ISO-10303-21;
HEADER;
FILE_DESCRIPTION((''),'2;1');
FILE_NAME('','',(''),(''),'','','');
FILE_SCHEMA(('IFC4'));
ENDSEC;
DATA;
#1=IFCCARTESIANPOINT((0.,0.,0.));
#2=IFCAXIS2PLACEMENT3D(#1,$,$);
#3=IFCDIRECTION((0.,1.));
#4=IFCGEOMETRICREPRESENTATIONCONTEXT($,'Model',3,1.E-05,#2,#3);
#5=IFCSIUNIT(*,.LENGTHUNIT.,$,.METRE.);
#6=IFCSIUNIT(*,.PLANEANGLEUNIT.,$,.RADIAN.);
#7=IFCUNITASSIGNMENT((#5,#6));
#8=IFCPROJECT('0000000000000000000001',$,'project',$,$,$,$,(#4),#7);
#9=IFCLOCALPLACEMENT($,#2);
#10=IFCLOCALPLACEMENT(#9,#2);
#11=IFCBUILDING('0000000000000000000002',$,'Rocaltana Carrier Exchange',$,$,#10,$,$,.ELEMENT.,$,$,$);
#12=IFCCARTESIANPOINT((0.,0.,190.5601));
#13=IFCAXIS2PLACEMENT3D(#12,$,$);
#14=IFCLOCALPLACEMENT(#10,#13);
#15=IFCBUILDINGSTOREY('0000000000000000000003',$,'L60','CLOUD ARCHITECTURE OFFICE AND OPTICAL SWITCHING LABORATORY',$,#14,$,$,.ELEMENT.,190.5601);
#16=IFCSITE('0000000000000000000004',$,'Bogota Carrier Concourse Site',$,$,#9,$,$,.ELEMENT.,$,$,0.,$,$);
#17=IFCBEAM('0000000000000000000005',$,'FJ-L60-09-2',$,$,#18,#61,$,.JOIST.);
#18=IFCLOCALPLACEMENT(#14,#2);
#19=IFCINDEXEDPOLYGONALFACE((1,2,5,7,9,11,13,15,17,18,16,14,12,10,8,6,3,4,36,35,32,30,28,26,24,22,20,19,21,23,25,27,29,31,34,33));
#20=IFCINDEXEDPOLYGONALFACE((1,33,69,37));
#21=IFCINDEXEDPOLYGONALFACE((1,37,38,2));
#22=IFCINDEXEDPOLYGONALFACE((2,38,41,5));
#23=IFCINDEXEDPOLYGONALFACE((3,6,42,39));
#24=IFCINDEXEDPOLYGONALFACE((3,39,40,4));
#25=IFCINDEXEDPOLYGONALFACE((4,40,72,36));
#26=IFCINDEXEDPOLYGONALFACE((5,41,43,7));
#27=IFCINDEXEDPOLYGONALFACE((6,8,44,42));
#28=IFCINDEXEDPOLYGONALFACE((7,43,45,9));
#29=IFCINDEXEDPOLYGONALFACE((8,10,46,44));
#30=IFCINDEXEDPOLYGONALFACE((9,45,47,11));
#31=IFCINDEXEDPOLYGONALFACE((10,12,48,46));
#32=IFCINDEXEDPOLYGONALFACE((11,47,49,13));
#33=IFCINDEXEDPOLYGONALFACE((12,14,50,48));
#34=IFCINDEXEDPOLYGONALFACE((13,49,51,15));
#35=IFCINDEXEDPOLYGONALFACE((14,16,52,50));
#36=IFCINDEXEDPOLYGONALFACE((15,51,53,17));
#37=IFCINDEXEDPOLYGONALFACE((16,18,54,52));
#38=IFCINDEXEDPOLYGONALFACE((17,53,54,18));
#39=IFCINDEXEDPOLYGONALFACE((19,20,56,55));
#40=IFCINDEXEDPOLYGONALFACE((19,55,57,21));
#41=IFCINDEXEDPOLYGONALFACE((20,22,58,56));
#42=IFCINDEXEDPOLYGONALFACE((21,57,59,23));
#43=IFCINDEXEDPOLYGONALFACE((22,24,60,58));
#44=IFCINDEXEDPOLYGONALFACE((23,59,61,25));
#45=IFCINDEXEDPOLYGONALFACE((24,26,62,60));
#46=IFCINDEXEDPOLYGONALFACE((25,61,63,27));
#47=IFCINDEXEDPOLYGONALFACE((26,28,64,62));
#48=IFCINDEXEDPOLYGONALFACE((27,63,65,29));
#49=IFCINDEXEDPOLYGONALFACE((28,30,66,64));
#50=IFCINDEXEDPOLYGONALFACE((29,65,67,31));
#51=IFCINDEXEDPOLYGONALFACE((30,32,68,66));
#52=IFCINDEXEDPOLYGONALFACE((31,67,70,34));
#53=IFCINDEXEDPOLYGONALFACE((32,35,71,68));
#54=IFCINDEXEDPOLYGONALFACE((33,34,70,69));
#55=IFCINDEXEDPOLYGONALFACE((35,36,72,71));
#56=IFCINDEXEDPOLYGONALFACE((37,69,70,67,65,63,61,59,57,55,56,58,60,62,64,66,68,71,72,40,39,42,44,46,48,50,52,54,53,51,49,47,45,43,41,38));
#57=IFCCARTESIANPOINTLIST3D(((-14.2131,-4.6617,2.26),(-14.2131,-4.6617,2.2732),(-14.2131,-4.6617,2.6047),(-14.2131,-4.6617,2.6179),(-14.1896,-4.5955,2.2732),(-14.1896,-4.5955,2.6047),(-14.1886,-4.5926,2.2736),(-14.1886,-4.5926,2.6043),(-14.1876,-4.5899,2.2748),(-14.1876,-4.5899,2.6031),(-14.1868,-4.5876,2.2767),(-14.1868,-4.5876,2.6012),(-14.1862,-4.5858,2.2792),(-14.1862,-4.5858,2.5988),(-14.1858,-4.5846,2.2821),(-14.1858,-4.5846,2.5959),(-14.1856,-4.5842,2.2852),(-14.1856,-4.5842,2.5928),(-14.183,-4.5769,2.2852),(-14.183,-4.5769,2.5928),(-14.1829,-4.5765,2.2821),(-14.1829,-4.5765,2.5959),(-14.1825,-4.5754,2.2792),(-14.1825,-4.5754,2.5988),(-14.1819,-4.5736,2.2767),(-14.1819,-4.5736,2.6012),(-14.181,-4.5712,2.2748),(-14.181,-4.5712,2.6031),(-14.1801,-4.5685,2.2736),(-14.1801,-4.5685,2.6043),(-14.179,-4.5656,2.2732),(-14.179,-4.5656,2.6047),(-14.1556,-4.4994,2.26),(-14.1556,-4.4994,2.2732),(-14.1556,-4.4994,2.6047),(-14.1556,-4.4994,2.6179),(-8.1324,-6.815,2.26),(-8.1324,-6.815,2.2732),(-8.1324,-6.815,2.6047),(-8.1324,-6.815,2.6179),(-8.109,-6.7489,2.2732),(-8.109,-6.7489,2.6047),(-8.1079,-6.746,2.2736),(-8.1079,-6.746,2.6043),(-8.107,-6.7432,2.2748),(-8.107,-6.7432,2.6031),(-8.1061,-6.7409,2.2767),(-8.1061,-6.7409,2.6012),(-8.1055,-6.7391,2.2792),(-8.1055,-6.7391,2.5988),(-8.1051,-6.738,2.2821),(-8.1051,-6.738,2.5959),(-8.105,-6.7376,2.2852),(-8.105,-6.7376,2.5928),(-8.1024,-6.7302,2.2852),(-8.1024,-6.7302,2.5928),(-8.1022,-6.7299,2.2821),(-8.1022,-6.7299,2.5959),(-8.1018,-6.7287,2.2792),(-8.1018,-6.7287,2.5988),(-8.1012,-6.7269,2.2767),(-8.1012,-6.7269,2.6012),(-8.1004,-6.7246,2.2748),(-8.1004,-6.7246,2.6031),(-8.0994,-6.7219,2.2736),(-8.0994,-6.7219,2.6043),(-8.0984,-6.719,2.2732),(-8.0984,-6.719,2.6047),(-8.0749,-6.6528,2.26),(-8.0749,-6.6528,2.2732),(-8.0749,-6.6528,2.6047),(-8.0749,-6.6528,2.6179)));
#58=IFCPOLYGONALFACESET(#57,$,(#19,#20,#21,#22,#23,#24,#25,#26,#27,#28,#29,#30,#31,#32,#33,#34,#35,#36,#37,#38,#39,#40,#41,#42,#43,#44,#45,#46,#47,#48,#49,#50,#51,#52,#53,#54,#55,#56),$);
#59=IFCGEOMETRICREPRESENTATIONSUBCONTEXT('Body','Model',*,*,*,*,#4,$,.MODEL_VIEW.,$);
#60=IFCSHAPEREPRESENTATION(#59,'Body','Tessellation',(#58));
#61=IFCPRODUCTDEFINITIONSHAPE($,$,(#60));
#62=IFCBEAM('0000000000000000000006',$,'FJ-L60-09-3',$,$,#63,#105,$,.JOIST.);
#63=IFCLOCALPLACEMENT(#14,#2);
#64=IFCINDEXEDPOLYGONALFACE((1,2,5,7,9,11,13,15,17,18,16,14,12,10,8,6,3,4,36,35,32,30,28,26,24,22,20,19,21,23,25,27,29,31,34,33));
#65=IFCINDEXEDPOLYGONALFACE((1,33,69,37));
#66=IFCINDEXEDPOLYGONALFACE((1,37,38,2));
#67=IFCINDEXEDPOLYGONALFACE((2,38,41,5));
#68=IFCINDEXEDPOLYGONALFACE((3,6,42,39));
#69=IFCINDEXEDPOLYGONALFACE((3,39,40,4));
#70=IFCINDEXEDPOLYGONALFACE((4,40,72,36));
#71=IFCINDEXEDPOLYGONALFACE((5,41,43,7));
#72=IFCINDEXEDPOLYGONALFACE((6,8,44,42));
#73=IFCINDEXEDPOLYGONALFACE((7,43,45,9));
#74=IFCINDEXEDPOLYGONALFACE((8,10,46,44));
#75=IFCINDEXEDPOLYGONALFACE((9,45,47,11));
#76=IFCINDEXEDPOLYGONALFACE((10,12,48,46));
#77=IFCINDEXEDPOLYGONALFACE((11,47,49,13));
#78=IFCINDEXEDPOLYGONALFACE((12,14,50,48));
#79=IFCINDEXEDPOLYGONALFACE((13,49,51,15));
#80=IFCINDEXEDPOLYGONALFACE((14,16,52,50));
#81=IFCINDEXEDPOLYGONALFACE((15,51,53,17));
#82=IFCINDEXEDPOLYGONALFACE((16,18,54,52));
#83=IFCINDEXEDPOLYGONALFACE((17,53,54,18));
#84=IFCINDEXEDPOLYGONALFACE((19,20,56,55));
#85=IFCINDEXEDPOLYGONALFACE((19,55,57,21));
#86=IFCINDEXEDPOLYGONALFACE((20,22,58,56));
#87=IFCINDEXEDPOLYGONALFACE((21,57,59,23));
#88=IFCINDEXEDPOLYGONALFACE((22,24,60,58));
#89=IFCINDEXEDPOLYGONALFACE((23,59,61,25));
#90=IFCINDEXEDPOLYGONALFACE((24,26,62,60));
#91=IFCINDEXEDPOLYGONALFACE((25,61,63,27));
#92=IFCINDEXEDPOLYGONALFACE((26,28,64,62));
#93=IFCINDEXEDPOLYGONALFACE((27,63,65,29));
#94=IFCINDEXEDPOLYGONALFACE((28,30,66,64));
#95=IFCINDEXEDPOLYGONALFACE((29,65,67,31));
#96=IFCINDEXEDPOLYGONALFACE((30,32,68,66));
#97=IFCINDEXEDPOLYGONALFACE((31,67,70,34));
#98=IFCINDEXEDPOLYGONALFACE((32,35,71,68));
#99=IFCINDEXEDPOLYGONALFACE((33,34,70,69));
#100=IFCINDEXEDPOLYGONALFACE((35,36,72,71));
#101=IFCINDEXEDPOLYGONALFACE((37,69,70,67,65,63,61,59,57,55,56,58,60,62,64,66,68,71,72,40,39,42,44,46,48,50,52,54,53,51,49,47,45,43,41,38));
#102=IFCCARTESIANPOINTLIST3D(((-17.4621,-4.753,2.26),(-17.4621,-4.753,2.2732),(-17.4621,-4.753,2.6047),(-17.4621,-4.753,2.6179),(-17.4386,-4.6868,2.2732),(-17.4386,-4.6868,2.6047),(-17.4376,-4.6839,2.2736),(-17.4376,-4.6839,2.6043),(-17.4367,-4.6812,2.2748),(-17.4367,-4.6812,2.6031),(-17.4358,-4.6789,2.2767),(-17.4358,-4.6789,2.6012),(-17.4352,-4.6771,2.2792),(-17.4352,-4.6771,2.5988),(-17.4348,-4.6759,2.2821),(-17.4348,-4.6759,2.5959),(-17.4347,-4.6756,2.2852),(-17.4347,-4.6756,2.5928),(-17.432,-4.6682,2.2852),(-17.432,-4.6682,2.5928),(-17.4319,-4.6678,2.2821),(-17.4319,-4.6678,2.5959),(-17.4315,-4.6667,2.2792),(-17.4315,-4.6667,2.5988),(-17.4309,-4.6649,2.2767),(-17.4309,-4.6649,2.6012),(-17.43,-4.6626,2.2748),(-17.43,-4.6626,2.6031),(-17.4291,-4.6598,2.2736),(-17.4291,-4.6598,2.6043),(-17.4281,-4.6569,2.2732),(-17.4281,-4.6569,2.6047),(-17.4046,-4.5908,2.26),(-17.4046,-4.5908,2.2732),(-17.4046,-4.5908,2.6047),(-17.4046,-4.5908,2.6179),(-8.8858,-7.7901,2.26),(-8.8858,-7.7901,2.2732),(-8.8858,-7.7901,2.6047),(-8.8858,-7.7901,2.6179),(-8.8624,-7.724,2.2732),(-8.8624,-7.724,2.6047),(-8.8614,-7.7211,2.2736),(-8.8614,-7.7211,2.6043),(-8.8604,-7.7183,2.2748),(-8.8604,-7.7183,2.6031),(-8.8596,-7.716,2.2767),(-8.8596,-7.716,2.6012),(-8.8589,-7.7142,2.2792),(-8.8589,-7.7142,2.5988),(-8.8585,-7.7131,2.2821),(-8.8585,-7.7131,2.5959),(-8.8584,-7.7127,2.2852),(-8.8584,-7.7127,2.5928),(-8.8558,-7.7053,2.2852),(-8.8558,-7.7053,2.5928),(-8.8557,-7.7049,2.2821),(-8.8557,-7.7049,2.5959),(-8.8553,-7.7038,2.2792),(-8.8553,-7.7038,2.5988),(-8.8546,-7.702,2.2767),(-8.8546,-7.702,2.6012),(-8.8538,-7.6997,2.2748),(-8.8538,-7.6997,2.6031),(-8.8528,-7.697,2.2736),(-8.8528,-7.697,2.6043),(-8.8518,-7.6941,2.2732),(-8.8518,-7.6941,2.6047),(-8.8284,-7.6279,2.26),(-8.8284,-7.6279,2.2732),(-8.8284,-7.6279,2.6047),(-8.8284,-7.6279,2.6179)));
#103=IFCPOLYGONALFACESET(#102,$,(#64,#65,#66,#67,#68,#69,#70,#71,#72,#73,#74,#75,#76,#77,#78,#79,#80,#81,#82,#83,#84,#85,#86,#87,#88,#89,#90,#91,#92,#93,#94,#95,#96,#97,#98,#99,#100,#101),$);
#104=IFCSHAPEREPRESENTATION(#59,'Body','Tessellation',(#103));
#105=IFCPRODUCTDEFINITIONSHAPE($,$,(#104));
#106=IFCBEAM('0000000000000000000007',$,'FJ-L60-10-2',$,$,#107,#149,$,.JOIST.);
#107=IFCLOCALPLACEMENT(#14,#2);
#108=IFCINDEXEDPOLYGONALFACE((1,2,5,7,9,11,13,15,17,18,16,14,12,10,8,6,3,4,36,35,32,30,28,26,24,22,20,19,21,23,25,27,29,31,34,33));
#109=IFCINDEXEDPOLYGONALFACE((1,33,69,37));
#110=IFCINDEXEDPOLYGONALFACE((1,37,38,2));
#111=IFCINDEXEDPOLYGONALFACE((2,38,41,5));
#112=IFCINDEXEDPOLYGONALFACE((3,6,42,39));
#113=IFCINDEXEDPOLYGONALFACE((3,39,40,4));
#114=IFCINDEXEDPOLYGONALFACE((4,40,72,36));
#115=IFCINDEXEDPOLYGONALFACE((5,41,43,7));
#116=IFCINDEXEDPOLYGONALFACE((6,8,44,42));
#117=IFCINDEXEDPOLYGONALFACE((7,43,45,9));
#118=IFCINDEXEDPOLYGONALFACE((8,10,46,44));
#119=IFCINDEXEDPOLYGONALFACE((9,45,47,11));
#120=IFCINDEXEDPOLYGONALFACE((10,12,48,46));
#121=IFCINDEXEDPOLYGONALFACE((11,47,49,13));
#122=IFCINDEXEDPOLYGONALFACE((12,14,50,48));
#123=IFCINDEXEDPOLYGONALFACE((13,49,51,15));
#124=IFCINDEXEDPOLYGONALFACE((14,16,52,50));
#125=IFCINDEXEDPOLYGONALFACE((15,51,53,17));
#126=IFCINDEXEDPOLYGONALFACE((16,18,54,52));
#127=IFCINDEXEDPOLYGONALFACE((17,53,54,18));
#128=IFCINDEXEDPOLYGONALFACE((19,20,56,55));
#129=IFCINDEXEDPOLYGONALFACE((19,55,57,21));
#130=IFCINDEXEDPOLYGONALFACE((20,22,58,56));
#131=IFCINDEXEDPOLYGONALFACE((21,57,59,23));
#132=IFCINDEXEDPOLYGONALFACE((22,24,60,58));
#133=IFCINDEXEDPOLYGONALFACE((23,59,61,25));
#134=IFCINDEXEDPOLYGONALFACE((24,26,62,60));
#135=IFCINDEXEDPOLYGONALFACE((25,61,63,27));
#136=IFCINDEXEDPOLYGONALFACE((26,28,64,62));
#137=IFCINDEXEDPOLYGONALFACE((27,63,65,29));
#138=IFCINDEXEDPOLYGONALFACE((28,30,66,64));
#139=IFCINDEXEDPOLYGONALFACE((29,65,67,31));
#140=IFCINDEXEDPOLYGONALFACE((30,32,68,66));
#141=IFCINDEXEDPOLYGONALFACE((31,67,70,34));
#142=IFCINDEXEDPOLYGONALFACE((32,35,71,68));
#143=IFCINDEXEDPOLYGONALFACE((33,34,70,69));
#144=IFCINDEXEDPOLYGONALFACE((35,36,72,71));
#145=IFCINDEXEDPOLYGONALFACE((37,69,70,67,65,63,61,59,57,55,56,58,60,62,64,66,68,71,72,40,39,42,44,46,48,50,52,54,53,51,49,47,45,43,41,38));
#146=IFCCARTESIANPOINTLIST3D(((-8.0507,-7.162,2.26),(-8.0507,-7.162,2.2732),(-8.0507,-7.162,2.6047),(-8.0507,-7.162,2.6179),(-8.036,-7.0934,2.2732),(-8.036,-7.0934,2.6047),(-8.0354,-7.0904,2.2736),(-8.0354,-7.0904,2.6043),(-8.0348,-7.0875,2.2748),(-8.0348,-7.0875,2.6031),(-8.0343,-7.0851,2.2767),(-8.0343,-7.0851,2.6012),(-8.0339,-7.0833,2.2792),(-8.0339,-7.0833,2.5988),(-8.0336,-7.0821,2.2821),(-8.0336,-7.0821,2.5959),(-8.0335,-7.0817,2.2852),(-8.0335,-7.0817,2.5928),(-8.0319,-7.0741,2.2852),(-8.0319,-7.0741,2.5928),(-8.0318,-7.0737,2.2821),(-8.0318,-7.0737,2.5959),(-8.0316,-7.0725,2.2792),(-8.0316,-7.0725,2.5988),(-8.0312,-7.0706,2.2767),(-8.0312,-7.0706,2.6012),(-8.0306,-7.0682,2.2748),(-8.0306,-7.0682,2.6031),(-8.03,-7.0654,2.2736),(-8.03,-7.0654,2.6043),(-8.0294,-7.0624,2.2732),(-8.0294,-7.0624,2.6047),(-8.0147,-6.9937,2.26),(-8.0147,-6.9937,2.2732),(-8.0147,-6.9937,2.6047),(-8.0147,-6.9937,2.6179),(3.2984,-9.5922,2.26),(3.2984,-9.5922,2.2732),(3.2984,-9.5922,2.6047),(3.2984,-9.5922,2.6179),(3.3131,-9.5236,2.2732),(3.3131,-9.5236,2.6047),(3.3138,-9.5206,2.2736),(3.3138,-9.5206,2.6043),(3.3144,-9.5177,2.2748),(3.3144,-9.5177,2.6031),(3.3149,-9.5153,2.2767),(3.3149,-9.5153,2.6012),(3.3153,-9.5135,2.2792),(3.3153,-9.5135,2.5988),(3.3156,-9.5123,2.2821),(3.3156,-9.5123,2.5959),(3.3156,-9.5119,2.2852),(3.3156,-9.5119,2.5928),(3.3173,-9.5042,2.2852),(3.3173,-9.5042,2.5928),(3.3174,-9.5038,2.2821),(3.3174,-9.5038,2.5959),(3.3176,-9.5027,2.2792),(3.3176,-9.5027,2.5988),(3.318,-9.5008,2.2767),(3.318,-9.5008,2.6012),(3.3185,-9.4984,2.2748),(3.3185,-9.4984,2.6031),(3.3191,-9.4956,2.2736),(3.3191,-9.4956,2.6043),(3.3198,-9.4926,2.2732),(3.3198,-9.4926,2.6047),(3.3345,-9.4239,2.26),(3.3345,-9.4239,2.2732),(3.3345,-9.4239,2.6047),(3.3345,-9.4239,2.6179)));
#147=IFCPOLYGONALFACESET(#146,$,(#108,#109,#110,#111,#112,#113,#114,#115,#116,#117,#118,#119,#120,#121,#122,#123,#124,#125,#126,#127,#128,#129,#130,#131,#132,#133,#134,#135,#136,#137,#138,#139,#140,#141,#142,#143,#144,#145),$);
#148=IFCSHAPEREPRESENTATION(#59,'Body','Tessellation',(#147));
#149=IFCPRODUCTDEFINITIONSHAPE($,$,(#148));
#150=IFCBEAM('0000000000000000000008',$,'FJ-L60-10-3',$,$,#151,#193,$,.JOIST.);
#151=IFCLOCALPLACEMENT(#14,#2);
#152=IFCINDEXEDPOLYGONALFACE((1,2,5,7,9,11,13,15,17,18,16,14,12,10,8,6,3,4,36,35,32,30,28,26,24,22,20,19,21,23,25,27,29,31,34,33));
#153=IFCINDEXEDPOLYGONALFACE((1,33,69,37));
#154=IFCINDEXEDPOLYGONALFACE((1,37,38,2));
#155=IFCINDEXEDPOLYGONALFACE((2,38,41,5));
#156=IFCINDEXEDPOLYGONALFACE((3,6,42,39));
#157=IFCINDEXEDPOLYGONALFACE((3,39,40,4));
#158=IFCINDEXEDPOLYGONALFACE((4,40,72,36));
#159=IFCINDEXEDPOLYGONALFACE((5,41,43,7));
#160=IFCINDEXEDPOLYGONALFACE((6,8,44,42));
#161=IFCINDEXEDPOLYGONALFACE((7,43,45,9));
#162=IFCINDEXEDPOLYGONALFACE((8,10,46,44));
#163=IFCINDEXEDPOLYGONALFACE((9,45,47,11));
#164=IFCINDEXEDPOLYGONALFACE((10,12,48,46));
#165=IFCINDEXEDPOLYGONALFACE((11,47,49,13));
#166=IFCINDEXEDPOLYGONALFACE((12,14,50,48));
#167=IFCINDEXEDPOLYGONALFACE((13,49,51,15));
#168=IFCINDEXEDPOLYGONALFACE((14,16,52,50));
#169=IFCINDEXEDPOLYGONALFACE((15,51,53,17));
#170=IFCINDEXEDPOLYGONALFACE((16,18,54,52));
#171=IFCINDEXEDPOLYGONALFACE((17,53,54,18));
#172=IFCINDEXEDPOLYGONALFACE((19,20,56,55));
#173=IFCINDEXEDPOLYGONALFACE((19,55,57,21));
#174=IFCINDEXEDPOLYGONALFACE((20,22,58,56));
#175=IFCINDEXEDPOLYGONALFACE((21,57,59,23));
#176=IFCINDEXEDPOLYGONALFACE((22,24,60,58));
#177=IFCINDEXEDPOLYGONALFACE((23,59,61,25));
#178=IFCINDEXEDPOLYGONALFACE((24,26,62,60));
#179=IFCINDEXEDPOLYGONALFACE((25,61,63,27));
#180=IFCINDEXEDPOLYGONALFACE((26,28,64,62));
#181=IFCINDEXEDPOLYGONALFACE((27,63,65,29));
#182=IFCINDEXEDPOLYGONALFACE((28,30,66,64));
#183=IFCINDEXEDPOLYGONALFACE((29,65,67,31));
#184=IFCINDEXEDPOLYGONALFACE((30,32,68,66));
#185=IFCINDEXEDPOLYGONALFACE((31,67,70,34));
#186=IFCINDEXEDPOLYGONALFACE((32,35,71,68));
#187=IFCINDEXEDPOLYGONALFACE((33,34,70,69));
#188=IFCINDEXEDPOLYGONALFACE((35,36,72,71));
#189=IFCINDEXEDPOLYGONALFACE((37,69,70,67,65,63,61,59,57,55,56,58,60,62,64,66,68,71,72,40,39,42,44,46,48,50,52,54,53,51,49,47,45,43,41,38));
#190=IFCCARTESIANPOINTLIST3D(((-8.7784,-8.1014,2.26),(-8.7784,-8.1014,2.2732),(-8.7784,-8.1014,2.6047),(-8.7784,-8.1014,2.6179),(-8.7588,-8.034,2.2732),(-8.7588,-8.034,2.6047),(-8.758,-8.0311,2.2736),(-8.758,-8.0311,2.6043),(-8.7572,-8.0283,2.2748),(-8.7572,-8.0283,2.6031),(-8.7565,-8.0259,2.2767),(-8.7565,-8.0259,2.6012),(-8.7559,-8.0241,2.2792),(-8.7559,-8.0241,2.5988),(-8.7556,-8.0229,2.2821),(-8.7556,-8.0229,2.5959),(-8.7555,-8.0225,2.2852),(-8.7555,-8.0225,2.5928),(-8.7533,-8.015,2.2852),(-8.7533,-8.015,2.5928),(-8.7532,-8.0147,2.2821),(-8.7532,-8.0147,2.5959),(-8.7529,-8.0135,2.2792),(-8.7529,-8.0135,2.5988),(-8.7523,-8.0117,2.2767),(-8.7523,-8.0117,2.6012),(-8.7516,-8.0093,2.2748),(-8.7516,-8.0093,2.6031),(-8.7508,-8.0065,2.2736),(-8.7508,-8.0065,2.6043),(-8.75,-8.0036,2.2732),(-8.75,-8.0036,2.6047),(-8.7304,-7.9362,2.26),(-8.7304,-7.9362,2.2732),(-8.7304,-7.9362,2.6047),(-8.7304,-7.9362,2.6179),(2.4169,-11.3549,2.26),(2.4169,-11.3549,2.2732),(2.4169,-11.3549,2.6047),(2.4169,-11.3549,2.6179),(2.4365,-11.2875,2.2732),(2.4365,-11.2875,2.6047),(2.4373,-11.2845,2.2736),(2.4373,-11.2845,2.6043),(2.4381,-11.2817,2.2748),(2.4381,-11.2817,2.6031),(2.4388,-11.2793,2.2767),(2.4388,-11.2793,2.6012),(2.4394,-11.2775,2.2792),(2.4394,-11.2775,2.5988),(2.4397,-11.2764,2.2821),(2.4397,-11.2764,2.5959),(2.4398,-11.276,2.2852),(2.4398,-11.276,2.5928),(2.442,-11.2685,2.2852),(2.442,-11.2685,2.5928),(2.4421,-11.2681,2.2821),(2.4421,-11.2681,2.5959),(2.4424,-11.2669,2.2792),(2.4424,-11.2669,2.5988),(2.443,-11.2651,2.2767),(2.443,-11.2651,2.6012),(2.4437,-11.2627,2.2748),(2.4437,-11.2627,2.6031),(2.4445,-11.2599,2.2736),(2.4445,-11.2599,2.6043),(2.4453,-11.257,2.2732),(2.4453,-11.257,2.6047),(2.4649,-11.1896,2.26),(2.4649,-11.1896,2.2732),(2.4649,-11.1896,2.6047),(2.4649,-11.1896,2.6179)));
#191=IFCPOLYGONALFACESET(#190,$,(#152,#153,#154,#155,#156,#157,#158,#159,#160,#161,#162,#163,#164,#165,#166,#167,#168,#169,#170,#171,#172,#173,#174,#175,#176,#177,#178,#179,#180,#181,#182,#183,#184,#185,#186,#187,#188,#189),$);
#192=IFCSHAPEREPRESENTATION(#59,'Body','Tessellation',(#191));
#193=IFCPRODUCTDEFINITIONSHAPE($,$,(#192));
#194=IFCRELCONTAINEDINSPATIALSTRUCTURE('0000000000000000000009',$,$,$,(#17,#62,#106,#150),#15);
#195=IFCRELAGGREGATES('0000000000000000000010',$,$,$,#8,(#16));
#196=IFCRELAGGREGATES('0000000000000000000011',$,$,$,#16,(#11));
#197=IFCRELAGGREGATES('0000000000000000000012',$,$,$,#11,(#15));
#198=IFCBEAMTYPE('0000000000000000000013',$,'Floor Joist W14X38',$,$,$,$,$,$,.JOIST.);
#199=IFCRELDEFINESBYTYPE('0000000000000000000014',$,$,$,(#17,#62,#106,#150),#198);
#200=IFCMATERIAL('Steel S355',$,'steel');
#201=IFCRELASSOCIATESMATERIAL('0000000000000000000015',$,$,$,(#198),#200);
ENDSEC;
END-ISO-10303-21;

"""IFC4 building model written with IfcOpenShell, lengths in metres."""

from ifc_helpers import new_model, si_unit, direction, frame, origin, origin_2d, place, context, subcontext, project, spatial, i_section, extrude, material, material_profile, profile_set, type_object, element, save


model = new_model("IFC4")

# Units and contexts
model_context = context("Model", 3, precision=1e-05, world=origin(), true_north=direction((0.0, 1.0)))
body_context = subcontext(model_context, "Body", "Model", "MODEL_VIEW")
ifc_project = project(units=[si_unit("LENGTHUNIT", "METRE"), si_unit("PLANEANGLEUNIT", "RADIAN")], contexts=[model_context])

# Site, building, storey
site_placement = place(None, origin())
site = spatial("IfcSite", under=ifc_project, at=site_placement, Name="Bogota Carrier Concourse Site", CompositionType="ELEMENT", RefElevation=0.0)
building_placement = place(site_placement, origin())
building = spatial("IfcBuilding", under=site, at=building_placement, Name="Rocaltana Carrier Exchange", CompositionType="ELEMENT")
storey_placement = place(building_placement, frame((0.0, 0.0, 190.5601)))
storey = spatial("IfcBuildingStorey", under=building, at=storey_placement, Name="L60", Description="CLOUD ARCHITECTURE OFFICE AND OPTICAL SWITCHING LABORATORY", CompositionType="ELEMENT", Elevation=190.5601)

# Beams
ifc_material_1 = material(Name="Steel S355", Category="steel")
ifc_material_profile_1 = material_profile(ifc_material_1, i_section(OverallWidth=0.1721, OverallDepth=0.3579, WebThickness=0.0078, FlangeThickness=0.0132, FilletRadius=0.012, at=origin_2d()), Name="W14X38")
ifc_profile_set_1 = profile_set([ifc_material_profile_1], Name="Steel S355")
beam_type_1 = type_object("IfcBeamType", Name="Floor Joist W14X38", PredefinedType="JOIST", material=ifc_profile_set_1)
beam_1_placement = place(storey_placement, frame((-14.1843, -4.5806, 2.439), z_axis=(0.942638, -0.333818, 0.0), x_axis=(0.333818, 0.942638, 0.0)))
element("IfcBeam", 1, at=beam_1_placement, inside=storey, type_object=beam_type_1, Name="FJ-L60-09-2", PredefinedType="JOIST", context=body_context, shape_type="SweptSolid", body=[
    extrude(i_section(OverallWidth=0.1721, OverallDepth=0.3579, WebThickness=0.0078, FlangeThickness=0.0132, FilletRadius=0.012, at=origin_2d()), origin(), (0.0, 0.0, 1.0), 6.4507),
])
beam_2_placement = place(storey_placement, frame((-17.4333, -4.6719, 2.439), z_axis=(0.942637, -0.333819, 0.0), x_axis=(0.333819, 0.942637, 0.0)))
element("IfcBeam", 2, at=beam_2_placement, inside=storey, type_object=beam_type_1, Name="FJ-L60-09-3", PredefinedType="JOIST", context=body_context, shape_type="SweptSolid", body=[
    extrude(i_section(OverallWidth=0.1721, OverallDepth=0.3579, WebThickness=0.0078, FlangeThickness=0.0132, FilletRadius=0.012, at=origin_2d()), origin(), (0.0, 0.0, 1.0), 9.0981),
])
beam_3_placement = place(storey_placement, frame((-8.0327, -7.0779, 2.439), z_axis=(0.977834, -0.209383, 0.0), x_axis=(0.209383, 0.977834, 0.0)))
element("IfcBeam", 3, at=beam_3_placement, inside=storey, type_object=beam_type_1, Name="FJ-L60-10-2", PredefinedType="JOIST", context=body_context, shape_type="SweptSolid", body=[
    extrude(i_section(OverallWidth=0.1721, OverallDepth=0.3579, WebThickness=0.0078, FlangeThickness=0.0132, FilletRadius=0.012, at=origin_2d()), origin(), (0.0, 0.0, 1.0), 11.6064),
])
beam_4_placement = place(storey_placement, frame((-8.7544, -8.0188, 2.439), z_axis=(0.960273, -0.279061, 0.0), x_axis=(0.279061, 0.960273, 0.0)))
element("IfcBeam", 4, at=beam_4_placement, inside=storey, type_object=beam_type_1, Name="FJ-L60-10-3", PredefinedType="JOIST", context=body_context, shape_type="SweptSolid", body=[
    extrude(i_section(OverallWidth=0.1721, OverallDepth=0.3579, WebThickness=0.0078, FlangeThickness=0.0132, FilletRadius=0.012, at=origin_2d()), origin(), (0.0, 0.0, 1.0), 11.6584),
])

save(model, "model.ifc")
